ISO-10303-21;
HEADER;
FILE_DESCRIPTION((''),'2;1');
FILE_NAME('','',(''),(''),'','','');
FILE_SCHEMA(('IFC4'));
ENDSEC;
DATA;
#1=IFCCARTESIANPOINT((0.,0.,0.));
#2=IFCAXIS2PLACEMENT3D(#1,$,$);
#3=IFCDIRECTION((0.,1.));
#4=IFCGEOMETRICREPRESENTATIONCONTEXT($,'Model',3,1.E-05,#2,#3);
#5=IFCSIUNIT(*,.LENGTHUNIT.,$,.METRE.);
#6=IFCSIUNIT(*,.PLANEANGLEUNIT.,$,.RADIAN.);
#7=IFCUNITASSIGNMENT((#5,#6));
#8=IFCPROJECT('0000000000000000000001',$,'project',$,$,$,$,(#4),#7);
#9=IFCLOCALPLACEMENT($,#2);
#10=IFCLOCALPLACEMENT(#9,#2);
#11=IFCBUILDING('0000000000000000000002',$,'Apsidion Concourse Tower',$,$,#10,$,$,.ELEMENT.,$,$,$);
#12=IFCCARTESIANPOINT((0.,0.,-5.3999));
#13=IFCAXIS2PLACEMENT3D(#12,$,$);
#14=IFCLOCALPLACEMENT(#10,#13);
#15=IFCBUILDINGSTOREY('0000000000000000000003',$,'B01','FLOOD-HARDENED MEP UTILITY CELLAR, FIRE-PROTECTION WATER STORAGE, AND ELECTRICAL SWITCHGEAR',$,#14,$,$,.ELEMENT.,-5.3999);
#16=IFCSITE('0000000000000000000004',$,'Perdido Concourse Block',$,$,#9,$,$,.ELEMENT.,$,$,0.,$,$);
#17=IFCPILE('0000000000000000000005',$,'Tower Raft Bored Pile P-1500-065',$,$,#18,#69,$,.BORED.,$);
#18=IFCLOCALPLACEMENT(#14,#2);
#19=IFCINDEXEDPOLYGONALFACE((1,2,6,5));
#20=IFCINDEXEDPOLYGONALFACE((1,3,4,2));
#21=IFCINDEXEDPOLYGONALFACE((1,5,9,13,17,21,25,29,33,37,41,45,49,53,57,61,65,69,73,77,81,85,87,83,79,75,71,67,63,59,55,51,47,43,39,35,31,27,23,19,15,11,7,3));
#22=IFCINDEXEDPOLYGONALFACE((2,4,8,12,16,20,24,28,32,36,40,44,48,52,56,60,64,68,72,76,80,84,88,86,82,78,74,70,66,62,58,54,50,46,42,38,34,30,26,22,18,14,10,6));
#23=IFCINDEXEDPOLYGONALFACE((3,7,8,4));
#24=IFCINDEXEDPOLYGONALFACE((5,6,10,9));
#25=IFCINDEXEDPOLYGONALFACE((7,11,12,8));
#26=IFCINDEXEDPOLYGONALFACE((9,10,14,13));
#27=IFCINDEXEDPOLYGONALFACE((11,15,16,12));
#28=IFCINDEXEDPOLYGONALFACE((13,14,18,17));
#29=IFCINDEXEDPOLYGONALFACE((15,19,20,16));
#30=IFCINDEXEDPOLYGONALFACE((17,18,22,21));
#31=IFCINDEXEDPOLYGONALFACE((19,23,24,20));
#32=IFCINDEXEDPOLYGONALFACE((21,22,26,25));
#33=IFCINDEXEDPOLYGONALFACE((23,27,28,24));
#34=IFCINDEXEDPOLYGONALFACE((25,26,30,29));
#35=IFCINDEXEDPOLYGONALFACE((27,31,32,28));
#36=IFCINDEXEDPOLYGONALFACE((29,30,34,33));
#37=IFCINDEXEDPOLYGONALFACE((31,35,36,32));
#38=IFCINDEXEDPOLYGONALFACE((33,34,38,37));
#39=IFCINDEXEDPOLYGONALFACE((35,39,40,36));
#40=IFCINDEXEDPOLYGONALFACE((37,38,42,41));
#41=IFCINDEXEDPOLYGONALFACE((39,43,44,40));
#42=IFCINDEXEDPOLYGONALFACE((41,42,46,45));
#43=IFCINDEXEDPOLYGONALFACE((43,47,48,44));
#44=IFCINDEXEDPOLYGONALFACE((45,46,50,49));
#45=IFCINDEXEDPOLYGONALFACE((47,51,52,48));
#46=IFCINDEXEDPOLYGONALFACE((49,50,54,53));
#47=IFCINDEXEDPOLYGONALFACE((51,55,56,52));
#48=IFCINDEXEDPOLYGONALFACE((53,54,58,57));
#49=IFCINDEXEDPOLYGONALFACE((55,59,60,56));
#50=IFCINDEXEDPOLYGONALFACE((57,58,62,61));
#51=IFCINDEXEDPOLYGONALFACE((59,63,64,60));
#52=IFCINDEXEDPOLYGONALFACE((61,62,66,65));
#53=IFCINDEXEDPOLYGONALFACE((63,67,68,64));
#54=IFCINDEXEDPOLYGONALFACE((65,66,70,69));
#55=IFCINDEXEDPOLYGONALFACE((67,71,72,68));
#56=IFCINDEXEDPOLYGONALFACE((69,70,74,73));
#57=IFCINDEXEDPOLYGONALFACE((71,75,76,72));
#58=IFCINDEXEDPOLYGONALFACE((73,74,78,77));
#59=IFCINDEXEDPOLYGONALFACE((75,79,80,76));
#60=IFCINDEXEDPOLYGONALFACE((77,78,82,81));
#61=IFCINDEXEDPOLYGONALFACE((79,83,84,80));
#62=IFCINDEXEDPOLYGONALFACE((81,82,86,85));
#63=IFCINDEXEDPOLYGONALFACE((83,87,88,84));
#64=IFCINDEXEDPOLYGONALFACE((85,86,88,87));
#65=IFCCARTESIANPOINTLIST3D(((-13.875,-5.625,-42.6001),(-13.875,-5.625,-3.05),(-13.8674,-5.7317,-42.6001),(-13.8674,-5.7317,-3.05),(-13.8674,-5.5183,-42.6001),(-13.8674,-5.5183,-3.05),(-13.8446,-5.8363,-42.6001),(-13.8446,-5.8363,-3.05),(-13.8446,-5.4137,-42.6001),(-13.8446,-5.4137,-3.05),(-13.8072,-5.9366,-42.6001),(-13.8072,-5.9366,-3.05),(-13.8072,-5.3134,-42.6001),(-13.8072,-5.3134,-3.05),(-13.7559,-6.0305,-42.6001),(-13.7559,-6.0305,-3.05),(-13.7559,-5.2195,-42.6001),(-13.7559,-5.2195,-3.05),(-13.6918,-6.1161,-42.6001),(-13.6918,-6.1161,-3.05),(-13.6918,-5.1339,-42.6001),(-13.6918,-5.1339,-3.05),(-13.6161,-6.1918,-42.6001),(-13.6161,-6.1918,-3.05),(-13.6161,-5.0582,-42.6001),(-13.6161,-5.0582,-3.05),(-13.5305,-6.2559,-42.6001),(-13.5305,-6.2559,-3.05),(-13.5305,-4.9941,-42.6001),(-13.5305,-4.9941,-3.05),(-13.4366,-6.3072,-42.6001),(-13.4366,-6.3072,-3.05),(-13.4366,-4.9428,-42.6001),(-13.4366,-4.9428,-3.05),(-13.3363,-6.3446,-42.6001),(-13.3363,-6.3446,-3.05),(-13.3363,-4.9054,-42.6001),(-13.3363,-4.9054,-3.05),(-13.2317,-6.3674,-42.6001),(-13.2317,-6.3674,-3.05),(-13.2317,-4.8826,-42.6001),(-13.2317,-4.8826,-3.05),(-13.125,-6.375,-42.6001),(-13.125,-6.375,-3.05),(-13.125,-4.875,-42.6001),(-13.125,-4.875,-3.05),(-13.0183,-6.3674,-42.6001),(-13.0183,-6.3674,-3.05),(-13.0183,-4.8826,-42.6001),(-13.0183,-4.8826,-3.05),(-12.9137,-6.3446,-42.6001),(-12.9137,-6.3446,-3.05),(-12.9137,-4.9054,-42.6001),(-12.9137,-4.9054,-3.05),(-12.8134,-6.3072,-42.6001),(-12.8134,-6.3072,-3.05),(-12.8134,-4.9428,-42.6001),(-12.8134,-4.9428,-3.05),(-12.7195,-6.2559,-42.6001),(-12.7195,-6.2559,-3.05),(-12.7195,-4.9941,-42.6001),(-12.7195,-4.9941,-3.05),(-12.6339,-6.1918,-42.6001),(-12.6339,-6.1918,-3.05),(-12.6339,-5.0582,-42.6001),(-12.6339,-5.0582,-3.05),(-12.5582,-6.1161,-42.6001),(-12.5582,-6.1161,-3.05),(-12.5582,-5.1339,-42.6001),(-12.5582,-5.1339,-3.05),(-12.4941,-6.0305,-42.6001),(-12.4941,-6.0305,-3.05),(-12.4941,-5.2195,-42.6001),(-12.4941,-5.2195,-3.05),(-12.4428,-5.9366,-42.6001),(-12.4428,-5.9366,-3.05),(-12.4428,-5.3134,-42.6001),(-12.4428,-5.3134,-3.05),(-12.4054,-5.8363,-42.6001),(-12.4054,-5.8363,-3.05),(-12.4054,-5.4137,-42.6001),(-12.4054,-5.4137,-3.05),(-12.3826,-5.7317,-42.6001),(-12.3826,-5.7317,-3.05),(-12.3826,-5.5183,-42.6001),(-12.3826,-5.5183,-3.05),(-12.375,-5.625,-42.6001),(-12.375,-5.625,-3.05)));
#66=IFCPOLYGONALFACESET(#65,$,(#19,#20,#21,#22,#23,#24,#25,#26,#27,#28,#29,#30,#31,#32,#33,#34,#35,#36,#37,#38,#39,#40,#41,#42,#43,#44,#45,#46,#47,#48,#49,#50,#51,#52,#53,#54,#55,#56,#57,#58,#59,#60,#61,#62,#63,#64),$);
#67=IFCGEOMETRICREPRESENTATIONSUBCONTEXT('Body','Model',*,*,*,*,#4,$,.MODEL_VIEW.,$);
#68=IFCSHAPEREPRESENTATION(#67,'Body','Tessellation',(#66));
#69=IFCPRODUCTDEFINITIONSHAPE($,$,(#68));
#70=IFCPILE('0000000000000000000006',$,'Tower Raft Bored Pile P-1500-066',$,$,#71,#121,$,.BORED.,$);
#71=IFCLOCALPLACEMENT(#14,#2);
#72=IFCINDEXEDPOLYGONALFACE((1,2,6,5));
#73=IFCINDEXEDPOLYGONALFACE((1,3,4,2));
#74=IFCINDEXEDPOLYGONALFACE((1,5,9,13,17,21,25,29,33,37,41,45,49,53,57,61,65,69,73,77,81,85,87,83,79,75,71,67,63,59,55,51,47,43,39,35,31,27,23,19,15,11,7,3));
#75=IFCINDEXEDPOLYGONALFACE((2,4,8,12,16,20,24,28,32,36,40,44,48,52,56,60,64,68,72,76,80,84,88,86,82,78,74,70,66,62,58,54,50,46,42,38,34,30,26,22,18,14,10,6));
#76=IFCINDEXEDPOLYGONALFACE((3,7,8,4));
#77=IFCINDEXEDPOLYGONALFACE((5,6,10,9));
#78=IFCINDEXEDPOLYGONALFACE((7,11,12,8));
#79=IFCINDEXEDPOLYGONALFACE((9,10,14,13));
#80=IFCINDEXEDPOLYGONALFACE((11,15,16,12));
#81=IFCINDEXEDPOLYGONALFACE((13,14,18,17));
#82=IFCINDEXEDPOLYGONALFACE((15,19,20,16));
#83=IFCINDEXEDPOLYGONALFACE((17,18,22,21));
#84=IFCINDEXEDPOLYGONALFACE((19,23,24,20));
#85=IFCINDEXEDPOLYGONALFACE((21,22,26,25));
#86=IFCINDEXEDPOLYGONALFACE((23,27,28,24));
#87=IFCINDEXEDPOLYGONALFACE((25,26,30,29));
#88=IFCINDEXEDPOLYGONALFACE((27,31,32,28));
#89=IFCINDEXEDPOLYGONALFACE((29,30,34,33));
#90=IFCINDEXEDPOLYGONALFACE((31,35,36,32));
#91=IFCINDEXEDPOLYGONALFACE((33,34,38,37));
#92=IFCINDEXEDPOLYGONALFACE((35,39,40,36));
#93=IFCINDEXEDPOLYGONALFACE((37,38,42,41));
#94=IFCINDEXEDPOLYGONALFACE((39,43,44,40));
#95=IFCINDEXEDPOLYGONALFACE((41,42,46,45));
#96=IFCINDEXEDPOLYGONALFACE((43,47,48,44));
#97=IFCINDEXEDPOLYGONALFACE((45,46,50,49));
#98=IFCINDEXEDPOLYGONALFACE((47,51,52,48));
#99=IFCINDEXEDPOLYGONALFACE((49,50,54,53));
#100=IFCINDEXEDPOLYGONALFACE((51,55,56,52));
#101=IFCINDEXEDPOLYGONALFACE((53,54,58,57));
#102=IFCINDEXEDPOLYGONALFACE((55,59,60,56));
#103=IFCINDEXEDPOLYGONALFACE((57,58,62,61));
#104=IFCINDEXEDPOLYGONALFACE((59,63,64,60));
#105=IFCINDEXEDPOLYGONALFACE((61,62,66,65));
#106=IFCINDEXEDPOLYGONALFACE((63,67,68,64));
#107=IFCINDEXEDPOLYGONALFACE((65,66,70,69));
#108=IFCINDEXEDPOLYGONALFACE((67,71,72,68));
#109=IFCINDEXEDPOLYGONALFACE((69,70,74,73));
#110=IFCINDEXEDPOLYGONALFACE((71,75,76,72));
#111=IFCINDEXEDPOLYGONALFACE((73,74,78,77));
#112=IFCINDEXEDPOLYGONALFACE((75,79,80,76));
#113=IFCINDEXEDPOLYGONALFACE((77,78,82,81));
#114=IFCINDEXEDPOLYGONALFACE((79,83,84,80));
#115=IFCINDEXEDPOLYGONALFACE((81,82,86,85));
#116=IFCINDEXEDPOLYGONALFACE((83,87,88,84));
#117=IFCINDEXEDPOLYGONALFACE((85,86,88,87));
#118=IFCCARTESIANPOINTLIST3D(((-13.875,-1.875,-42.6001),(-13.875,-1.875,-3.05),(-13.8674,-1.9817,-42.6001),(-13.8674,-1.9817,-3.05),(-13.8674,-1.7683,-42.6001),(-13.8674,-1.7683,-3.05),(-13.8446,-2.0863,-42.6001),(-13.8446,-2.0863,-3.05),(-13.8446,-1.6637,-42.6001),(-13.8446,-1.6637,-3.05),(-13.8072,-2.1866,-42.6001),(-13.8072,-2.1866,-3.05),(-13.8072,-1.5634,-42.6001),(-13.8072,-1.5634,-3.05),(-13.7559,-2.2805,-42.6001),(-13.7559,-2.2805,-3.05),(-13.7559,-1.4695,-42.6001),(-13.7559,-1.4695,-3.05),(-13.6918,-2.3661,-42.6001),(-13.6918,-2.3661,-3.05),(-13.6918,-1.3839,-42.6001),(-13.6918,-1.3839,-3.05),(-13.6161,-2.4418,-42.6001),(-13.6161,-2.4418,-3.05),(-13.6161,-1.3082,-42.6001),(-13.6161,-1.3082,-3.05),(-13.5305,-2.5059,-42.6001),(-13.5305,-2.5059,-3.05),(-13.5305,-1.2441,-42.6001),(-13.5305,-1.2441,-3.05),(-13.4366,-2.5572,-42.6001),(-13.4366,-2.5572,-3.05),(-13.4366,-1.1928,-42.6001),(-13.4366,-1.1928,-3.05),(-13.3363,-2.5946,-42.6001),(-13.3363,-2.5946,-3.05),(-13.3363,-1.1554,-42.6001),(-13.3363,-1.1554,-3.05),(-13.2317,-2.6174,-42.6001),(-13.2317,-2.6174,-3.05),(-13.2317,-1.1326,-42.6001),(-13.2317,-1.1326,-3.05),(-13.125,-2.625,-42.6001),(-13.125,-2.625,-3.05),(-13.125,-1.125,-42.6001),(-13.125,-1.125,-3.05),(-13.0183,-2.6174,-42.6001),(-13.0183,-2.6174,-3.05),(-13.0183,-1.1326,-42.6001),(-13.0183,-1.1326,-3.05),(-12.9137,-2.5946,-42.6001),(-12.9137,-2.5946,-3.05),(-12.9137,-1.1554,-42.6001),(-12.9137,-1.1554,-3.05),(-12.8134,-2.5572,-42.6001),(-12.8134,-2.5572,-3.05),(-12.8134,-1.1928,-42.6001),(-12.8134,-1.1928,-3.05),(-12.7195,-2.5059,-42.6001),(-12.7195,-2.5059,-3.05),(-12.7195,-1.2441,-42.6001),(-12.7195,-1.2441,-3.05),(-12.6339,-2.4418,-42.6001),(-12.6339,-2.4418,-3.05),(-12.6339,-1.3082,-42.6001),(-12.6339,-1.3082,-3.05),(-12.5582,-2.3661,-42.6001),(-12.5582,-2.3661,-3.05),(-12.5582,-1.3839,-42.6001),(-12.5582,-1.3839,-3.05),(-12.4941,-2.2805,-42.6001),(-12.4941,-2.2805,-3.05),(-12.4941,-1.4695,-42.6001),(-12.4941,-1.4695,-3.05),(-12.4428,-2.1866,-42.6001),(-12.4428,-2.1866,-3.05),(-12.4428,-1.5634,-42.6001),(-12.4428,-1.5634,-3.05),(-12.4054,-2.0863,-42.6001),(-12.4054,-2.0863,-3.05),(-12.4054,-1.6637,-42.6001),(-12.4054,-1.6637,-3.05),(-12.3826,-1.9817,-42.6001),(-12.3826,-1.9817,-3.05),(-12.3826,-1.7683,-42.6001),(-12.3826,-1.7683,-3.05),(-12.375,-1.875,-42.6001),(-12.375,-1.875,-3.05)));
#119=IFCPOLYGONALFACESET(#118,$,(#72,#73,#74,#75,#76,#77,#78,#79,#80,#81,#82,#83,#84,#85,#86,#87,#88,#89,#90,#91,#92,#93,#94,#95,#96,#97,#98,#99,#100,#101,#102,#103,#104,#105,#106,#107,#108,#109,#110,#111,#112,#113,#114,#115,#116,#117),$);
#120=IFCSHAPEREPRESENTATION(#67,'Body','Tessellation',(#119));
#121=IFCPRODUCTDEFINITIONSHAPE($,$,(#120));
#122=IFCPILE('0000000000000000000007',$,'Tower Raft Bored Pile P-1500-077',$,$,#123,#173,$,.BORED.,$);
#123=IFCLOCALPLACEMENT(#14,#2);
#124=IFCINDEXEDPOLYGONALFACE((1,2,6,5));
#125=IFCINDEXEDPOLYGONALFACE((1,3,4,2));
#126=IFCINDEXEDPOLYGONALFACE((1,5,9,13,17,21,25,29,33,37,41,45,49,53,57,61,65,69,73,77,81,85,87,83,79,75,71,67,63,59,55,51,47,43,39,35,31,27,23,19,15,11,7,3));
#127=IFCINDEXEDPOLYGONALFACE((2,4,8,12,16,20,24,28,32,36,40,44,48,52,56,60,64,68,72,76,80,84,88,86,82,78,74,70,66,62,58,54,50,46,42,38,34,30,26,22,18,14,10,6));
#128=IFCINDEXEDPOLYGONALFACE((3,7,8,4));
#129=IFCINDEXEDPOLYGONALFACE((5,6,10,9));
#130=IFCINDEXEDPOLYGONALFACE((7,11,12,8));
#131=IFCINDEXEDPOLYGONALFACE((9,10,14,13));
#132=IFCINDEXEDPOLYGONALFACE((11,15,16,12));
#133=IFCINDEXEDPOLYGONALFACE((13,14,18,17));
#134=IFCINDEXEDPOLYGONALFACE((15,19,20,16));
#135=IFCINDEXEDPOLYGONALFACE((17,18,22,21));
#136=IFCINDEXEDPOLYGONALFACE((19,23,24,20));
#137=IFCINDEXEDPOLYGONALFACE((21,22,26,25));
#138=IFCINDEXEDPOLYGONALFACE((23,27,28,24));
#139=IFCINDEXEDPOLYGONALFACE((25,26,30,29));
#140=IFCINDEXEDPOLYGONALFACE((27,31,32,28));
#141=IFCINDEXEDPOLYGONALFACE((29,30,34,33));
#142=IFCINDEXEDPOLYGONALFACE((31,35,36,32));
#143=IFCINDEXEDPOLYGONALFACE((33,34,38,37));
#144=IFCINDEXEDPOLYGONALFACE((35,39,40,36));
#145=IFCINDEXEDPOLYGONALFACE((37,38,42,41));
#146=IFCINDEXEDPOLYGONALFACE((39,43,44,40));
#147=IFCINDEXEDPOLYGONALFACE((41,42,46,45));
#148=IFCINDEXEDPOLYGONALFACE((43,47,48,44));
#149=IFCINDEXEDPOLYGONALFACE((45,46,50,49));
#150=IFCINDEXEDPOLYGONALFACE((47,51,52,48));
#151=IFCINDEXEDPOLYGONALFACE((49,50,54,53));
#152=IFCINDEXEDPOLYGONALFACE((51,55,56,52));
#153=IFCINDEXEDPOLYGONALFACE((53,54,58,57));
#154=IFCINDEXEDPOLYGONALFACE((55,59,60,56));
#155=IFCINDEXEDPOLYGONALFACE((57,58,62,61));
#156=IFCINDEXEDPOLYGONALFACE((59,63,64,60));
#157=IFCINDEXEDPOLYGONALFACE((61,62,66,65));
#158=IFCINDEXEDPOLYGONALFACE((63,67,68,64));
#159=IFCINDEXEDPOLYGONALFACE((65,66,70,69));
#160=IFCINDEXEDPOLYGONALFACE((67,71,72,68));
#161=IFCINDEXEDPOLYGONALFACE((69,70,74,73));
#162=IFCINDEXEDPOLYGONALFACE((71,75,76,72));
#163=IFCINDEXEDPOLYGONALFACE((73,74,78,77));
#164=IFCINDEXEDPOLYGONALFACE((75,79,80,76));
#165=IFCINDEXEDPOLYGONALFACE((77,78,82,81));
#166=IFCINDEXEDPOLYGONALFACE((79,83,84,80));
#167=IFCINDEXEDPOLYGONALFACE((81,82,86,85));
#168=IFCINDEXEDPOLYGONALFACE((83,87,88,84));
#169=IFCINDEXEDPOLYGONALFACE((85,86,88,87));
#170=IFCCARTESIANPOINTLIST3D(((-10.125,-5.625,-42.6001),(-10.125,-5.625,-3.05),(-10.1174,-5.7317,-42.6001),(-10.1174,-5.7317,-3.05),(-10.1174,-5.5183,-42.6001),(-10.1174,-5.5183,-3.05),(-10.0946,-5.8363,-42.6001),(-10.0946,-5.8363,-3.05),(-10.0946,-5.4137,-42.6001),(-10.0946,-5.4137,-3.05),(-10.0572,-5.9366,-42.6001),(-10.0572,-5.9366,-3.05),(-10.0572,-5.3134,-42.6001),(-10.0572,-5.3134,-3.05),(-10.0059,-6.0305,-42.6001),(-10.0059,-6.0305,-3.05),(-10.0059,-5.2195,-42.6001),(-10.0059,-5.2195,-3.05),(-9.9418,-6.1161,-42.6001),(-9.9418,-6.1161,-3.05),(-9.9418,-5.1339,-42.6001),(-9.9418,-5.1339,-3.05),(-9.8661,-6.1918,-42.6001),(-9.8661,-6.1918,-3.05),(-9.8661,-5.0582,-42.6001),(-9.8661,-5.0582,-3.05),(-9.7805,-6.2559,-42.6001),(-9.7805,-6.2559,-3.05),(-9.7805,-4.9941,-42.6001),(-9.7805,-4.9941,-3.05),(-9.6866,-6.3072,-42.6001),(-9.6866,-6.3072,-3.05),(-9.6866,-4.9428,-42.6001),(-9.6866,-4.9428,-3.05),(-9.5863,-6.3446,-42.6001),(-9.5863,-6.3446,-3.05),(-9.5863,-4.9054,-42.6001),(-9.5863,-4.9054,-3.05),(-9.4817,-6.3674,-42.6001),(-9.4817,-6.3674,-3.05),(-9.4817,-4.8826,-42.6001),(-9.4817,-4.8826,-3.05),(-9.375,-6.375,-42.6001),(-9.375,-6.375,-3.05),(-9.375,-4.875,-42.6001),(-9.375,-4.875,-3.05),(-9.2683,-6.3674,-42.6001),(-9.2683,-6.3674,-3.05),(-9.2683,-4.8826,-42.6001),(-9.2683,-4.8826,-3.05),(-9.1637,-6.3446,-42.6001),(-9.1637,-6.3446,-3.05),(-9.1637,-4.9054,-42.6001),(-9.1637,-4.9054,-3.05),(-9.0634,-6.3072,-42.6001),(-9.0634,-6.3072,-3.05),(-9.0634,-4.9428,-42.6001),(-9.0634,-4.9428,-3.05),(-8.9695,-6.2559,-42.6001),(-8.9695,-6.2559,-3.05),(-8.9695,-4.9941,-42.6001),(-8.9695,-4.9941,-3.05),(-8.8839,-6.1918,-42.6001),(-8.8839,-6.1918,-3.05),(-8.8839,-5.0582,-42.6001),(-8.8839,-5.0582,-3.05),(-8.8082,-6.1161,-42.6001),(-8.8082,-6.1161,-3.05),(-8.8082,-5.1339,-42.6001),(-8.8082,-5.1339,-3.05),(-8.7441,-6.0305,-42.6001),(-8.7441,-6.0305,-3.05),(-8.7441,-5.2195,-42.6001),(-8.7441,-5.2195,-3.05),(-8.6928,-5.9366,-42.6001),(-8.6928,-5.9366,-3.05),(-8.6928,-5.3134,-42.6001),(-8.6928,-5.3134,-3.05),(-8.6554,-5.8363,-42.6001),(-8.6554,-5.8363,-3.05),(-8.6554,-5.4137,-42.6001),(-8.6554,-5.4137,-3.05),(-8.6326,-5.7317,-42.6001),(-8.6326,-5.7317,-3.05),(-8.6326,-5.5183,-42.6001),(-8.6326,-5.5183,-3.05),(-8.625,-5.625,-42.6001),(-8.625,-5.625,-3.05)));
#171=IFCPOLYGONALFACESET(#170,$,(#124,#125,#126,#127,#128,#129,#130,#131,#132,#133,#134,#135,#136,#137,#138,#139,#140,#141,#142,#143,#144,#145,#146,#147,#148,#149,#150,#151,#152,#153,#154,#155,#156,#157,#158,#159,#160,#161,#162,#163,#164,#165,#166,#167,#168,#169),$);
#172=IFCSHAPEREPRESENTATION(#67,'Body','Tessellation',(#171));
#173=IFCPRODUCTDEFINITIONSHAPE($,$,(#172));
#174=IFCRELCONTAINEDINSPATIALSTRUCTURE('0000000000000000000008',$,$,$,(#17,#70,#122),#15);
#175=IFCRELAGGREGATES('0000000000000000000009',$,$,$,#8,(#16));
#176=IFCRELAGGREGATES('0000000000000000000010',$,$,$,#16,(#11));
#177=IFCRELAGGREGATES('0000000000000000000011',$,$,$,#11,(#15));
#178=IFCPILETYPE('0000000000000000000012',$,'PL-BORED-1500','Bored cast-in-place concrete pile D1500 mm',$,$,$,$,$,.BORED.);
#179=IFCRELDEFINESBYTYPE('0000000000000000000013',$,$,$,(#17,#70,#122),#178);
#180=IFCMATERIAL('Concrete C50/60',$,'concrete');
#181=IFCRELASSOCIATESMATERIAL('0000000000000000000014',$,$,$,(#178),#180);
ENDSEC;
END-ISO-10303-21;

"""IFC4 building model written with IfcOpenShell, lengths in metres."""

from ifc_helpers import new_model, si_unit, direction, frame, origin, origin_2d, place, context, subcontext, project, spatial, circle, extrude, material, material_profile, profile_set, type_object, element, save


model = new_model("IFC4")

# Units and contexts
model_context = context("Model", 3, precision=1e-05, world=origin(), true_north=direction((0.0, 1.0)))
body_context = subcontext(model_context, "Body", "Model", "MODEL_VIEW")
ifc_project = project(units=[si_unit("LENGTHUNIT", "METRE"), si_unit("PLANEANGLEUNIT", "RADIAN")], contexts=[model_context])

# Site, building, storey
site_placement = place(None, origin())
site = spatial("IfcSite", under=ifc_project, at=site_placement, Name="Perdido Concourse Block", CompositionType="ELEMENT", RefElevation=0.0)
building_placement = place(site_placement, origin())
building = spatial("IfcBuilding", under=site, at=building_placement, Name="Apsidion Concourse Tower", CompositionType="ELEMENT")
storey_placement = place(building_placement, frame((0.0, 0.0, -5.3999)))
storey = spatial("IfcBuildingStorey", under=building, at=storey_placement, Name="B01", Description="FLOOD-HARDENED MEP UTILITY CELLAR, FIRE-PROTECTION WATER STORAGE, AND ELECTRICAL SWITCHGEAR", CompositionType="ELEMENT", Elevation=-5.3999)

# Shared definitions
ifc_material_1 = material(Name="Concrete C50/60", Category="concrete")

# Piles
ifc_material_profile_1 = material_profile(ifc_material_1, circle(Radius=0.75, at=origin_2d()), Name="BORED PILE D1500")
ifc_profile_set_1 = profile_set([ifc_material_profile_1], Name="Concrete C50/60")
pile_type = type_object("IfcPileType", Name="PL-BORED-1500", Description="Bored cast-in-place concrete pile D1500 mm", PredefinedType="BORED", material=ifc_profile_set_1)
for number, where, z_axis, x_axis, name in (
    (1, (-13.125, -5.625, -3.05), (0.0, 0.0, -1.0), (1.0, 0.0, 0.0), "Tower Raft Bored Pile P-1500-065"),
    (2, (-13.125, -1.875, -3.05), (0.0, 0.0, -1.0), (1.0, 0.0, 0.0), "Tower Raft Bored Pile P-1500-066"),
    (3, (-9.375, -5.625, -3.05), (0.0, 0.0, -1.0), (1.0, 0.0, 0.0), "Tower Raft Bored Pile P-1500-077"),
):
    element("IfcPile", number, at=place(storey_placement, frame(where, z_axis=z_axis, x_axis=x_axis)), inside=storey, type_object=pile_type, Name=name, PredefinedType="BORED", context=body_context, shape_type="SweptSolid", body=[
        extrude(circle(Radius=0.75, at=origin_2d()), origin(), (0.0, 0.0, 1.0), 39.55),
    ])

save(model, "model.ifc")
